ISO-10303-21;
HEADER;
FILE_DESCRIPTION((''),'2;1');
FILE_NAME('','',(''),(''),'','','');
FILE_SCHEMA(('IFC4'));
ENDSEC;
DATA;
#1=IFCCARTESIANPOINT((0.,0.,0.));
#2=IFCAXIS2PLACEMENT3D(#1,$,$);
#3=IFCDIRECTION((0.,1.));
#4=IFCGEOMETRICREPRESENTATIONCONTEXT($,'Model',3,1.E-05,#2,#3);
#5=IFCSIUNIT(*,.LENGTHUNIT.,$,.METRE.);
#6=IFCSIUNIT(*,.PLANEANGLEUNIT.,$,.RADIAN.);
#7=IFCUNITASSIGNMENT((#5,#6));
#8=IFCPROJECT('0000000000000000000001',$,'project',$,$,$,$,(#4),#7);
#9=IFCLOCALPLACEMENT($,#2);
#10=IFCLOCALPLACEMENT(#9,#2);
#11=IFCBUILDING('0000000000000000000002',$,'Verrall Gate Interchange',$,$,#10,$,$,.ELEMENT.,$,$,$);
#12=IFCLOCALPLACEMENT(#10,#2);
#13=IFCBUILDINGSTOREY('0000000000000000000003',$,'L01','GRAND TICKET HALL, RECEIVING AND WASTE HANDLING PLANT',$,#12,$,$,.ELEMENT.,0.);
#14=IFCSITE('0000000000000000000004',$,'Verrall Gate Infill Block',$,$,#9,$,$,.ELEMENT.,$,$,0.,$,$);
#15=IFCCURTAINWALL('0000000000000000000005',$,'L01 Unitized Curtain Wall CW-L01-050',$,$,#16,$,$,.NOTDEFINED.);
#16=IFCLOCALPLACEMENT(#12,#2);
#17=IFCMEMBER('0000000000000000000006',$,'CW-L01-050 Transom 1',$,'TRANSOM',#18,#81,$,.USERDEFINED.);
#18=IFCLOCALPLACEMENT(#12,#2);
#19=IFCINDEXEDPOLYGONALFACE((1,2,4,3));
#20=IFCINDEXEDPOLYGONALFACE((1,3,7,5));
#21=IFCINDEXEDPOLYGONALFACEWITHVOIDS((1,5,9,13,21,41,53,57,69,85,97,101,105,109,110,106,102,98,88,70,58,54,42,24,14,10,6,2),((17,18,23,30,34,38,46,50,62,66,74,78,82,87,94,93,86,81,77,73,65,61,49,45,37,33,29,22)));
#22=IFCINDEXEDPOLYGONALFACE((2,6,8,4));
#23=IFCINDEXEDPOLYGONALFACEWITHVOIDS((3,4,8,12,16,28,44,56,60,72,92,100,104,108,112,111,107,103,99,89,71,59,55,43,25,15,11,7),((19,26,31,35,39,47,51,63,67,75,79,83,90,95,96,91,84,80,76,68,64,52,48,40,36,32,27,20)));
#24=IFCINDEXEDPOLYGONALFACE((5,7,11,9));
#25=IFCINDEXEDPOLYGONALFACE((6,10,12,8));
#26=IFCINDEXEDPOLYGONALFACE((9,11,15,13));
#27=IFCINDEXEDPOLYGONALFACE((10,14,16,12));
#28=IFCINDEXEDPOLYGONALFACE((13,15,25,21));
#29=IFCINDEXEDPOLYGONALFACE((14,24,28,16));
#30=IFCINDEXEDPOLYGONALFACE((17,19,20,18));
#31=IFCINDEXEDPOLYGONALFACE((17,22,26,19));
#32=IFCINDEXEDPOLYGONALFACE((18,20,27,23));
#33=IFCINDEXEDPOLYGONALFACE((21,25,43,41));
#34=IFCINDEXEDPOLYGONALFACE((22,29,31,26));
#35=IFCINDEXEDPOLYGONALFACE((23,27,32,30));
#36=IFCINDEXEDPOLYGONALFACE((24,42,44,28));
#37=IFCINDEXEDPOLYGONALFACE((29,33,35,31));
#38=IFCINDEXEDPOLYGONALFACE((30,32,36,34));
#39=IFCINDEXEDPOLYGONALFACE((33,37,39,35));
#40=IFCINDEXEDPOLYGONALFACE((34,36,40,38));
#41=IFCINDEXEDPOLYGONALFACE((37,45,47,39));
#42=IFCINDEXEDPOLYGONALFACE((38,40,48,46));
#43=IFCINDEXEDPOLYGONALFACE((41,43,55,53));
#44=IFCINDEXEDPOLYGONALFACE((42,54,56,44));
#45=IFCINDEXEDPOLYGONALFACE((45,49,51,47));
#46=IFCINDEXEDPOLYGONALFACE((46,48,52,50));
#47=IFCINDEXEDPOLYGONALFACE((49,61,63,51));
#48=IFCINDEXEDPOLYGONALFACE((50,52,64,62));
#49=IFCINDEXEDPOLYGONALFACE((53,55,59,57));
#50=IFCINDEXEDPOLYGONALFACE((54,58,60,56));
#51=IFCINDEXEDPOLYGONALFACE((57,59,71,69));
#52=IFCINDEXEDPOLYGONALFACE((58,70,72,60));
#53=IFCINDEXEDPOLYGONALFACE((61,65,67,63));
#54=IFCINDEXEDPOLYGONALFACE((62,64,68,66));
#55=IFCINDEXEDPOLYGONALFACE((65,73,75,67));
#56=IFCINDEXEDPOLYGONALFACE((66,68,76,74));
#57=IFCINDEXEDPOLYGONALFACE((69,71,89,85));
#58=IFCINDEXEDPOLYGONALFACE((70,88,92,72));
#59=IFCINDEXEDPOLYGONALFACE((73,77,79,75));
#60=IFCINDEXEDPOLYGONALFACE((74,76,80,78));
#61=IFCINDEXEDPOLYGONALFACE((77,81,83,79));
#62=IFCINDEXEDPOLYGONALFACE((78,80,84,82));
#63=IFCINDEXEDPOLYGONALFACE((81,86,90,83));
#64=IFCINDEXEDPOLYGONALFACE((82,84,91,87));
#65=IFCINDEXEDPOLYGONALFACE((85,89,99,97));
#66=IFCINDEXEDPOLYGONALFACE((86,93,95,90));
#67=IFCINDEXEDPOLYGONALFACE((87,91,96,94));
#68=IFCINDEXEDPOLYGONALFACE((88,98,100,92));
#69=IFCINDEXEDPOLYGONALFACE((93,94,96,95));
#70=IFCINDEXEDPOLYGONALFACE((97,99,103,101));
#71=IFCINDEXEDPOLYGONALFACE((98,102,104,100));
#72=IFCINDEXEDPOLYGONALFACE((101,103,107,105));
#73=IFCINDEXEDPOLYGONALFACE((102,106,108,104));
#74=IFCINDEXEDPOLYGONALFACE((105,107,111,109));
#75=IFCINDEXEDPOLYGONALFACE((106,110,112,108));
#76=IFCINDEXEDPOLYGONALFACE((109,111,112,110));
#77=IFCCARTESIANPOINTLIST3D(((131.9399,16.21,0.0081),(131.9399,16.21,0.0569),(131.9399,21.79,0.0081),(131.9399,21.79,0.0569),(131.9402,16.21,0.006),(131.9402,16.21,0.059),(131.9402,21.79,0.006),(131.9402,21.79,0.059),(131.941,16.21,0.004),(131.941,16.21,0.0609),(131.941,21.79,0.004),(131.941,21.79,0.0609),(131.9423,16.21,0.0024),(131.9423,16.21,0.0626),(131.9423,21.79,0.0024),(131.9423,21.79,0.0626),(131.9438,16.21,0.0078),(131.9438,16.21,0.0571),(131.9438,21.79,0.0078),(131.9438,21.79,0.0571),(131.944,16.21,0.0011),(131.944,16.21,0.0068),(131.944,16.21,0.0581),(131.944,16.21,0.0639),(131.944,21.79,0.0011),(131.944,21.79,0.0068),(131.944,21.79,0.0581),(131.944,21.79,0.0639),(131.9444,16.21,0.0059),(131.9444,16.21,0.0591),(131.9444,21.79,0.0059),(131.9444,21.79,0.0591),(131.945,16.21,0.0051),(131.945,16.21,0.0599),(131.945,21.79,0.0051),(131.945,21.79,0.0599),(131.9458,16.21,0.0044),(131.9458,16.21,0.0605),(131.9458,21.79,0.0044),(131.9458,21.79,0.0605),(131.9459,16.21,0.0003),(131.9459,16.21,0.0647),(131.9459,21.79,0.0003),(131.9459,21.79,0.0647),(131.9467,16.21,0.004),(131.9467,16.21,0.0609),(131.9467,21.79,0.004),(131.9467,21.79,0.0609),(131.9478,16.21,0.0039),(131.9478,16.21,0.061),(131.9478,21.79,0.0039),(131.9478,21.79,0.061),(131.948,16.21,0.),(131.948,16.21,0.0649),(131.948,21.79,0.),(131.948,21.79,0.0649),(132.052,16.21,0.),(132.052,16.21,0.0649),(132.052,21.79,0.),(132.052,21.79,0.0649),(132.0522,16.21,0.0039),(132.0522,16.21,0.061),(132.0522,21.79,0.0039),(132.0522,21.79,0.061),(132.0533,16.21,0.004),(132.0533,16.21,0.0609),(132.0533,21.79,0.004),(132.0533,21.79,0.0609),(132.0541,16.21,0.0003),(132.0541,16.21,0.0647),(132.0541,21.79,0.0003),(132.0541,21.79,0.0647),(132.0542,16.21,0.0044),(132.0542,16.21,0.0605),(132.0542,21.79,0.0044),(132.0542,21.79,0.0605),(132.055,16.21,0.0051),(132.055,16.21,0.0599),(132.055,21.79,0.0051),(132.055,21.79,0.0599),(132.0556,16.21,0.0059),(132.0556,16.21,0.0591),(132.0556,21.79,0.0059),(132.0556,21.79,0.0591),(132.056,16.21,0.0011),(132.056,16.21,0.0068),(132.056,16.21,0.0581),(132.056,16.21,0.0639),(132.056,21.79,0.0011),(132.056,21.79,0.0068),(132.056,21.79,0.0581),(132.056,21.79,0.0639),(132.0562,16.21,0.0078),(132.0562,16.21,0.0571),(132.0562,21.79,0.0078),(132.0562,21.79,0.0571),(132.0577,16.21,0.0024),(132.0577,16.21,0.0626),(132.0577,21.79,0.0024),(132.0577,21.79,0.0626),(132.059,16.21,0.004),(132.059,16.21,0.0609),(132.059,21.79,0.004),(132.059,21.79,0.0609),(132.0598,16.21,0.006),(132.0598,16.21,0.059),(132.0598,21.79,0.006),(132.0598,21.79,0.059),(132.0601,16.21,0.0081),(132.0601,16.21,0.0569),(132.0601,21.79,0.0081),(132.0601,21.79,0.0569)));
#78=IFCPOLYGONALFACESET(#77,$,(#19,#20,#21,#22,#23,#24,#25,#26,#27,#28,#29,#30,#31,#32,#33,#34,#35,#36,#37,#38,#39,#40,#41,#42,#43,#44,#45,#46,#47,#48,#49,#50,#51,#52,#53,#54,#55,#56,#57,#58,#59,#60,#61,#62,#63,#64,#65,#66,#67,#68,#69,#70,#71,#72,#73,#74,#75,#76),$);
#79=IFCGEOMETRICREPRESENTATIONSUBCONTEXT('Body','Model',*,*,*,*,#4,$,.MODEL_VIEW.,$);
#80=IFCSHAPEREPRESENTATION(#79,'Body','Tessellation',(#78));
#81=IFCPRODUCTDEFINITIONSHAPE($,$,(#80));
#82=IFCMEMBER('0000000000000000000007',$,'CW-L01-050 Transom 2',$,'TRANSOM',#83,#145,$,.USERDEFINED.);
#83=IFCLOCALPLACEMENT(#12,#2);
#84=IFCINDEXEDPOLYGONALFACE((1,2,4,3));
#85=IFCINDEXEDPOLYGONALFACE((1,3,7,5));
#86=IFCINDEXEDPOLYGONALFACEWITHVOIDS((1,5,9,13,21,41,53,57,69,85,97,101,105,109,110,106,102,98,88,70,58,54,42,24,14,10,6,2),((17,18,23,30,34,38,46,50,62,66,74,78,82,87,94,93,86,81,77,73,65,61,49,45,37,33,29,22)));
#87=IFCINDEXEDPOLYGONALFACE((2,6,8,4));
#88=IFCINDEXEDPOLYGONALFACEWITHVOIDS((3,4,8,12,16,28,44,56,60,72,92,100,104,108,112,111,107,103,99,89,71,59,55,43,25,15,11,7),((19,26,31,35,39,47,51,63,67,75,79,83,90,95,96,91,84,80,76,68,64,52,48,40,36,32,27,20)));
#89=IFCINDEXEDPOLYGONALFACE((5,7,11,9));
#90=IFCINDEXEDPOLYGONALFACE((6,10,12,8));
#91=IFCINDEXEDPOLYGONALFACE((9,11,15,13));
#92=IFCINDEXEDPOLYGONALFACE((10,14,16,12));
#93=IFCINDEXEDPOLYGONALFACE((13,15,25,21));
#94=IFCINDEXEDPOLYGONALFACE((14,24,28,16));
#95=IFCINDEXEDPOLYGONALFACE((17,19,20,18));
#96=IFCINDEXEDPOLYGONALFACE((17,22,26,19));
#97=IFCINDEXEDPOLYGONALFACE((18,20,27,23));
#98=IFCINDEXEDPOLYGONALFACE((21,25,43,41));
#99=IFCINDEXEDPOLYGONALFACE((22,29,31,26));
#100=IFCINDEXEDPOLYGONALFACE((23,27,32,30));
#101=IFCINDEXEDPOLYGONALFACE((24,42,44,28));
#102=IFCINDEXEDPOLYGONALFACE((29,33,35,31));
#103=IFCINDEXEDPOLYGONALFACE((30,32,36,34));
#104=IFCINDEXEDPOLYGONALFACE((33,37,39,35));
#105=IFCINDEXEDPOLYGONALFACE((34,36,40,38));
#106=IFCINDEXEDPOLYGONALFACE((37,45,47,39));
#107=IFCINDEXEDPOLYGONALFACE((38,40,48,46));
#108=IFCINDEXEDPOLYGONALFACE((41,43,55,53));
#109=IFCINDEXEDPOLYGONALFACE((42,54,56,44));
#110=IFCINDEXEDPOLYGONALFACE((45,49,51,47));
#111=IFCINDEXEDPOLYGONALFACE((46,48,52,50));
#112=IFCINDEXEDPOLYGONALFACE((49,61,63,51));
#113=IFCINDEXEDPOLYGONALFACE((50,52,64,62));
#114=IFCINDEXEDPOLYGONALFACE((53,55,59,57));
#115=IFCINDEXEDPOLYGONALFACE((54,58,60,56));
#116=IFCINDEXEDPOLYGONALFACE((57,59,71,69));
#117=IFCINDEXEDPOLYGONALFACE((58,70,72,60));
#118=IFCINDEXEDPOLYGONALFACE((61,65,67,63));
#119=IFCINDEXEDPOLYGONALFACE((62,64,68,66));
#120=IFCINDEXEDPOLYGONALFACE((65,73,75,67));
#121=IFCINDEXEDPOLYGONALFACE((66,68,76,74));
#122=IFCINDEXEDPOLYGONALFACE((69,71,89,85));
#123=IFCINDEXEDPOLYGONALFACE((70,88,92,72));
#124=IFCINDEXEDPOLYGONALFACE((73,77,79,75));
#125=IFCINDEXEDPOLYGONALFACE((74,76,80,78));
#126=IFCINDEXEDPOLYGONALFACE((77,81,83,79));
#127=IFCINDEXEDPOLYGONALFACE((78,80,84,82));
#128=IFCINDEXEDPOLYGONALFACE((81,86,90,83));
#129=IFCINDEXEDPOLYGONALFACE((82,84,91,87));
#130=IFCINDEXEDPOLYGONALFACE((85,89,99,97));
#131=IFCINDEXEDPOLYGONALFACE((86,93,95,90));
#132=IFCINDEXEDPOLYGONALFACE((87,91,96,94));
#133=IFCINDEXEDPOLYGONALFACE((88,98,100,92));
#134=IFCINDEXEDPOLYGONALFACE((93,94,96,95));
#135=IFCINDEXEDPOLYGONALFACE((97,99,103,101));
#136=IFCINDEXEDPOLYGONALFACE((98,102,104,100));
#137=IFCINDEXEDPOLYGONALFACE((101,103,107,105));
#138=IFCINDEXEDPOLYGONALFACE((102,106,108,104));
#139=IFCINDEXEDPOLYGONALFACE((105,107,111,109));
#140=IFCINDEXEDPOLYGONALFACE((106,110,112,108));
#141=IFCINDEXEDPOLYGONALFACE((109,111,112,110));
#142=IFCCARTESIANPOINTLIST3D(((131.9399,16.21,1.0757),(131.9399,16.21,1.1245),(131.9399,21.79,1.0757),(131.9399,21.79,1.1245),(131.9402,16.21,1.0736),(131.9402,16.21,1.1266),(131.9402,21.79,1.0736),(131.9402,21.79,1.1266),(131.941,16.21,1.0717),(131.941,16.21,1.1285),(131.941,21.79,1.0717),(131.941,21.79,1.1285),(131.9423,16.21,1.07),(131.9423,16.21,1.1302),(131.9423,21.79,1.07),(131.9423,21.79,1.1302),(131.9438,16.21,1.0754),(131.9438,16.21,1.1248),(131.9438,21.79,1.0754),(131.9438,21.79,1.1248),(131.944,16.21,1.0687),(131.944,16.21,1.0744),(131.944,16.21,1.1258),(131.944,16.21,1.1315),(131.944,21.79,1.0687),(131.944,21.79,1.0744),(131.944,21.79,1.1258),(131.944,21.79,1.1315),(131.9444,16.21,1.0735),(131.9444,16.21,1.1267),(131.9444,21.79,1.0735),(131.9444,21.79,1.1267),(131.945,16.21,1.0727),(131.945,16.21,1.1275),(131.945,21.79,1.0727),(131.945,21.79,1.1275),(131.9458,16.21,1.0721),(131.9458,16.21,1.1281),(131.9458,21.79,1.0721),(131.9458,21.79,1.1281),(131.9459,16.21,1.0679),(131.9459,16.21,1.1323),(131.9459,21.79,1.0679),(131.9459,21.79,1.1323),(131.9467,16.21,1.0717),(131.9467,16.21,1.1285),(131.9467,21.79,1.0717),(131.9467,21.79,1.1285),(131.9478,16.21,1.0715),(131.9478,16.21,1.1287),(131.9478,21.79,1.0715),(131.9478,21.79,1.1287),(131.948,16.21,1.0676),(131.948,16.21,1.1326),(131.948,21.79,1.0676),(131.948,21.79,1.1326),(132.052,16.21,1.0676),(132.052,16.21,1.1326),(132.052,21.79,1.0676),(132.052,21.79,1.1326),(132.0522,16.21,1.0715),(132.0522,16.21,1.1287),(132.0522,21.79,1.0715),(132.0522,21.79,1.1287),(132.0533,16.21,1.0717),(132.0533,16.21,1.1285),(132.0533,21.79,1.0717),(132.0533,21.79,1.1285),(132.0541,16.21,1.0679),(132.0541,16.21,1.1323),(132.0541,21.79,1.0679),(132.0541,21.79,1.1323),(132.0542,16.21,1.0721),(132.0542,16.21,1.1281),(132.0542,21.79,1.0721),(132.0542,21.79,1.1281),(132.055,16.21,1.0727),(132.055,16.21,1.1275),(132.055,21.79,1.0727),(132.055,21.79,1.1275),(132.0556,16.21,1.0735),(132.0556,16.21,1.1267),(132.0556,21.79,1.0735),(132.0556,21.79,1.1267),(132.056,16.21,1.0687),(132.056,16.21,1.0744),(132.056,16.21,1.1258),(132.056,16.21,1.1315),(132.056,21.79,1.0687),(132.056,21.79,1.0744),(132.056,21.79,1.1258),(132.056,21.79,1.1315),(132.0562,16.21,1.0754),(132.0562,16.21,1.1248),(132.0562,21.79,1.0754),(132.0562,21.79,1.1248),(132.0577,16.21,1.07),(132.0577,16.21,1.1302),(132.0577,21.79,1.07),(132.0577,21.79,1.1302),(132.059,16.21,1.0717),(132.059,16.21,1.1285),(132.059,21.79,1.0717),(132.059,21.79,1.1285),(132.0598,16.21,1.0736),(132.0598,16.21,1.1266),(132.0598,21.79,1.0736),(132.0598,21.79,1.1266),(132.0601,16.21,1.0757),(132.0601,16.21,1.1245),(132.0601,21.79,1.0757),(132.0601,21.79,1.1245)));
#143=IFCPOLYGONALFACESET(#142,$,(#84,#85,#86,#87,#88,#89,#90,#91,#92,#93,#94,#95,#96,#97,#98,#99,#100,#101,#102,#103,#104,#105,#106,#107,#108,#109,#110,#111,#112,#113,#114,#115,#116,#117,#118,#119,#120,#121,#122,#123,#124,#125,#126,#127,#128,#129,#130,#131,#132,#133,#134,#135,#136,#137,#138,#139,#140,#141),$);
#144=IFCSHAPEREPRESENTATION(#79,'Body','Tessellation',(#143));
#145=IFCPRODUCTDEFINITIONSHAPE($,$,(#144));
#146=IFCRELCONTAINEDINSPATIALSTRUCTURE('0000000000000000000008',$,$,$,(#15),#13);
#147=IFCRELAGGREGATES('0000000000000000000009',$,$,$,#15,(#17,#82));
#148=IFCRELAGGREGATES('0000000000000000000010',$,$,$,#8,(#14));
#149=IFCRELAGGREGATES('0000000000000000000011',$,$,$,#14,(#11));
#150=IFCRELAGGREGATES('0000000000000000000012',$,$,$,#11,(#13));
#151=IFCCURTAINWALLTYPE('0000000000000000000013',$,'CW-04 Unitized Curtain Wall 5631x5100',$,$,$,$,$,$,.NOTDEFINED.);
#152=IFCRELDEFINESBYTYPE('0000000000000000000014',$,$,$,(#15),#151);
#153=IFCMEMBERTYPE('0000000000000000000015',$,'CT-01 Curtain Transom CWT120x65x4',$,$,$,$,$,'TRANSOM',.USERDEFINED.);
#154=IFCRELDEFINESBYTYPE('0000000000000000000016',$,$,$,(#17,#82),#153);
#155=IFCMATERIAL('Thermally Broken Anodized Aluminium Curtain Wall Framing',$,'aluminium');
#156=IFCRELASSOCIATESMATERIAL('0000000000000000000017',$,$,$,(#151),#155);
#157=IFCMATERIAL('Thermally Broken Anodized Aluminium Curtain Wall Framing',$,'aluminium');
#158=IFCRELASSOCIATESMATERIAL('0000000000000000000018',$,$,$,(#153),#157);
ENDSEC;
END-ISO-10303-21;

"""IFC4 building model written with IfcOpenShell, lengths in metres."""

from ifc_helpers import new_model, si_unit, direction, frame, origin, origin_2d, place, context, subcontext, project, spatial, hollow_rectangle, extrude, material, material_profile, profile_set, type_object, element, aggregate, save


model = new_model("IFC4")

# Units and contexts
model_context = context("Model", 3, precision=1e-05, world=origin(), true_north=direction((0.0, 1.0)))
body_context = subcontext(model_context, "Body", "Model", "MODEL_VIEW")
ifc_project = project(units=[si_unit("LENGTHUNIT", "METRE"), si_unit("PLANEANGLEUNIT", "RADIAN")], contexts=[model_context])

# Site, building, storey
site_placement = place(None, origin())
site = spatial("IfcSite", under=ifc_project, at=site_placement, Name="Verrall Gate Infill Block", CompositionType="ELEMENT", RefElevation=0.0)
building_placement = place(site_placement, origin())
building = spatial("IfcBuilding", under=site, at=building_placement, Name="Verrall Gate Interchange", CompositionType="ELEMENT")
storey_placement = place(building_placement, origin())
storey = spatial("IfcBuildingStorey", under=building, at=storey_placement, Name="L01", Description="GRAND TICKET HALL, RECEIVING AND WASTE HANDLING PLANT", CompositionType="ELEMENT", Elevation=0.0)

# Curtain wall
ifc_material_1 = material(Name="Thermally Broken Anodized Aluminium Curtain Wall Framing", Category="aluminium")
curtain_wall_type = type_object("IfcCurtainWallType", Name="CW-04 Unitized Curtain Wall 5631x5100", PredefinedType="NOTDEFINED", material=ifc_material_1)
curtain_wall_1_placement = place(storey_placement, origin())
curtain_wall_1 = element("IfcCurtainWall", 1, at=curtain_wall_1_placement, inside=storey, type_object=curtain_wall_type, Name="L01 Unitized Curtain Wall CW-L01-050", PredefinedType="NOTDEFINED")

# Members
ifc_material_2 = material(Name="Thermally Broken Anodized Aluminium Curtain Wall Framing", Category="aluminium")
ifc_material_profile_1 = material_profile(ifc_material_2, hollow_rectangle(XDim=0.1201, YDim=0.0649, WallThickness=0.0039, InnerFilletRadius=0.0039, OuterFilletRadius=0.0081, at=origin_2d()), Name="CWT120x65x4")
ifc_profile_set_1 = profile_set([ifc_material_profile_1], Name="Thermally Broken Anodized Aluminium Curtain Wall Framing")
member_type_1 = type_object("IfcMemberType", Name="CT-01 Curtain Transom CWT120x65x4", ElementType="TRANSOM", PredefinedType="USERDEFINED", material=ifc_profile_set_1)
member_1_placement = place(storey_placement, frame((132.0, 21.79, 0.0325), z_axis=(0.0, -1.0, 0.0), x_axis=(1.0, 0.0, 0.0)))
member_1 = element("IfcMember", 2, at=member_1_placement, type_object=member_type_1, Name="CW-L01-050 Transom 1", ObjectType="TRANSOM", PredefinedType="USERDEFINED", context=body_context, shape_type="SweptSolid", body=[
    extrude(hollow_rectangle(XDim=0.1201, YDim=0.0649, WallThickness=0.0039, InnerFilletRadius=0.0039, OuterFilletRadius=0.0081, at=origin_2d()), origin(), (0.0, 0.0, 1.0), 5.5801),
])
member_2_placement = place(storey_placement, frame((132.0, 21.79, 1.1001), z_axis=(0.0, -1.0, 0.0), x_axis=(1.0, 0.0, 0.0)))
member_2 = element("IfcMember", 3, at=member_2_placement, type_object=member_type_1, Name="CW-L01-050 Transom 2", ObjectType="TRANSOM", PredefinedType="USERDEFINED", context=body_context, shape_type="SweptSolid", body=[
    extrude(hollow_rectangle(XDim=0.1201, YDim=0.0649, WallThickness=0.0039, InnerFilletRadius=0.0039, OuterFilletRadius=0.0081, at=origin_2d()), origin(), (0.0, 0.0, 1.0), 5.5801),
])

aggregate(curtain_wall_1, [member_1, member_2])

save(model, "model.ifc")
